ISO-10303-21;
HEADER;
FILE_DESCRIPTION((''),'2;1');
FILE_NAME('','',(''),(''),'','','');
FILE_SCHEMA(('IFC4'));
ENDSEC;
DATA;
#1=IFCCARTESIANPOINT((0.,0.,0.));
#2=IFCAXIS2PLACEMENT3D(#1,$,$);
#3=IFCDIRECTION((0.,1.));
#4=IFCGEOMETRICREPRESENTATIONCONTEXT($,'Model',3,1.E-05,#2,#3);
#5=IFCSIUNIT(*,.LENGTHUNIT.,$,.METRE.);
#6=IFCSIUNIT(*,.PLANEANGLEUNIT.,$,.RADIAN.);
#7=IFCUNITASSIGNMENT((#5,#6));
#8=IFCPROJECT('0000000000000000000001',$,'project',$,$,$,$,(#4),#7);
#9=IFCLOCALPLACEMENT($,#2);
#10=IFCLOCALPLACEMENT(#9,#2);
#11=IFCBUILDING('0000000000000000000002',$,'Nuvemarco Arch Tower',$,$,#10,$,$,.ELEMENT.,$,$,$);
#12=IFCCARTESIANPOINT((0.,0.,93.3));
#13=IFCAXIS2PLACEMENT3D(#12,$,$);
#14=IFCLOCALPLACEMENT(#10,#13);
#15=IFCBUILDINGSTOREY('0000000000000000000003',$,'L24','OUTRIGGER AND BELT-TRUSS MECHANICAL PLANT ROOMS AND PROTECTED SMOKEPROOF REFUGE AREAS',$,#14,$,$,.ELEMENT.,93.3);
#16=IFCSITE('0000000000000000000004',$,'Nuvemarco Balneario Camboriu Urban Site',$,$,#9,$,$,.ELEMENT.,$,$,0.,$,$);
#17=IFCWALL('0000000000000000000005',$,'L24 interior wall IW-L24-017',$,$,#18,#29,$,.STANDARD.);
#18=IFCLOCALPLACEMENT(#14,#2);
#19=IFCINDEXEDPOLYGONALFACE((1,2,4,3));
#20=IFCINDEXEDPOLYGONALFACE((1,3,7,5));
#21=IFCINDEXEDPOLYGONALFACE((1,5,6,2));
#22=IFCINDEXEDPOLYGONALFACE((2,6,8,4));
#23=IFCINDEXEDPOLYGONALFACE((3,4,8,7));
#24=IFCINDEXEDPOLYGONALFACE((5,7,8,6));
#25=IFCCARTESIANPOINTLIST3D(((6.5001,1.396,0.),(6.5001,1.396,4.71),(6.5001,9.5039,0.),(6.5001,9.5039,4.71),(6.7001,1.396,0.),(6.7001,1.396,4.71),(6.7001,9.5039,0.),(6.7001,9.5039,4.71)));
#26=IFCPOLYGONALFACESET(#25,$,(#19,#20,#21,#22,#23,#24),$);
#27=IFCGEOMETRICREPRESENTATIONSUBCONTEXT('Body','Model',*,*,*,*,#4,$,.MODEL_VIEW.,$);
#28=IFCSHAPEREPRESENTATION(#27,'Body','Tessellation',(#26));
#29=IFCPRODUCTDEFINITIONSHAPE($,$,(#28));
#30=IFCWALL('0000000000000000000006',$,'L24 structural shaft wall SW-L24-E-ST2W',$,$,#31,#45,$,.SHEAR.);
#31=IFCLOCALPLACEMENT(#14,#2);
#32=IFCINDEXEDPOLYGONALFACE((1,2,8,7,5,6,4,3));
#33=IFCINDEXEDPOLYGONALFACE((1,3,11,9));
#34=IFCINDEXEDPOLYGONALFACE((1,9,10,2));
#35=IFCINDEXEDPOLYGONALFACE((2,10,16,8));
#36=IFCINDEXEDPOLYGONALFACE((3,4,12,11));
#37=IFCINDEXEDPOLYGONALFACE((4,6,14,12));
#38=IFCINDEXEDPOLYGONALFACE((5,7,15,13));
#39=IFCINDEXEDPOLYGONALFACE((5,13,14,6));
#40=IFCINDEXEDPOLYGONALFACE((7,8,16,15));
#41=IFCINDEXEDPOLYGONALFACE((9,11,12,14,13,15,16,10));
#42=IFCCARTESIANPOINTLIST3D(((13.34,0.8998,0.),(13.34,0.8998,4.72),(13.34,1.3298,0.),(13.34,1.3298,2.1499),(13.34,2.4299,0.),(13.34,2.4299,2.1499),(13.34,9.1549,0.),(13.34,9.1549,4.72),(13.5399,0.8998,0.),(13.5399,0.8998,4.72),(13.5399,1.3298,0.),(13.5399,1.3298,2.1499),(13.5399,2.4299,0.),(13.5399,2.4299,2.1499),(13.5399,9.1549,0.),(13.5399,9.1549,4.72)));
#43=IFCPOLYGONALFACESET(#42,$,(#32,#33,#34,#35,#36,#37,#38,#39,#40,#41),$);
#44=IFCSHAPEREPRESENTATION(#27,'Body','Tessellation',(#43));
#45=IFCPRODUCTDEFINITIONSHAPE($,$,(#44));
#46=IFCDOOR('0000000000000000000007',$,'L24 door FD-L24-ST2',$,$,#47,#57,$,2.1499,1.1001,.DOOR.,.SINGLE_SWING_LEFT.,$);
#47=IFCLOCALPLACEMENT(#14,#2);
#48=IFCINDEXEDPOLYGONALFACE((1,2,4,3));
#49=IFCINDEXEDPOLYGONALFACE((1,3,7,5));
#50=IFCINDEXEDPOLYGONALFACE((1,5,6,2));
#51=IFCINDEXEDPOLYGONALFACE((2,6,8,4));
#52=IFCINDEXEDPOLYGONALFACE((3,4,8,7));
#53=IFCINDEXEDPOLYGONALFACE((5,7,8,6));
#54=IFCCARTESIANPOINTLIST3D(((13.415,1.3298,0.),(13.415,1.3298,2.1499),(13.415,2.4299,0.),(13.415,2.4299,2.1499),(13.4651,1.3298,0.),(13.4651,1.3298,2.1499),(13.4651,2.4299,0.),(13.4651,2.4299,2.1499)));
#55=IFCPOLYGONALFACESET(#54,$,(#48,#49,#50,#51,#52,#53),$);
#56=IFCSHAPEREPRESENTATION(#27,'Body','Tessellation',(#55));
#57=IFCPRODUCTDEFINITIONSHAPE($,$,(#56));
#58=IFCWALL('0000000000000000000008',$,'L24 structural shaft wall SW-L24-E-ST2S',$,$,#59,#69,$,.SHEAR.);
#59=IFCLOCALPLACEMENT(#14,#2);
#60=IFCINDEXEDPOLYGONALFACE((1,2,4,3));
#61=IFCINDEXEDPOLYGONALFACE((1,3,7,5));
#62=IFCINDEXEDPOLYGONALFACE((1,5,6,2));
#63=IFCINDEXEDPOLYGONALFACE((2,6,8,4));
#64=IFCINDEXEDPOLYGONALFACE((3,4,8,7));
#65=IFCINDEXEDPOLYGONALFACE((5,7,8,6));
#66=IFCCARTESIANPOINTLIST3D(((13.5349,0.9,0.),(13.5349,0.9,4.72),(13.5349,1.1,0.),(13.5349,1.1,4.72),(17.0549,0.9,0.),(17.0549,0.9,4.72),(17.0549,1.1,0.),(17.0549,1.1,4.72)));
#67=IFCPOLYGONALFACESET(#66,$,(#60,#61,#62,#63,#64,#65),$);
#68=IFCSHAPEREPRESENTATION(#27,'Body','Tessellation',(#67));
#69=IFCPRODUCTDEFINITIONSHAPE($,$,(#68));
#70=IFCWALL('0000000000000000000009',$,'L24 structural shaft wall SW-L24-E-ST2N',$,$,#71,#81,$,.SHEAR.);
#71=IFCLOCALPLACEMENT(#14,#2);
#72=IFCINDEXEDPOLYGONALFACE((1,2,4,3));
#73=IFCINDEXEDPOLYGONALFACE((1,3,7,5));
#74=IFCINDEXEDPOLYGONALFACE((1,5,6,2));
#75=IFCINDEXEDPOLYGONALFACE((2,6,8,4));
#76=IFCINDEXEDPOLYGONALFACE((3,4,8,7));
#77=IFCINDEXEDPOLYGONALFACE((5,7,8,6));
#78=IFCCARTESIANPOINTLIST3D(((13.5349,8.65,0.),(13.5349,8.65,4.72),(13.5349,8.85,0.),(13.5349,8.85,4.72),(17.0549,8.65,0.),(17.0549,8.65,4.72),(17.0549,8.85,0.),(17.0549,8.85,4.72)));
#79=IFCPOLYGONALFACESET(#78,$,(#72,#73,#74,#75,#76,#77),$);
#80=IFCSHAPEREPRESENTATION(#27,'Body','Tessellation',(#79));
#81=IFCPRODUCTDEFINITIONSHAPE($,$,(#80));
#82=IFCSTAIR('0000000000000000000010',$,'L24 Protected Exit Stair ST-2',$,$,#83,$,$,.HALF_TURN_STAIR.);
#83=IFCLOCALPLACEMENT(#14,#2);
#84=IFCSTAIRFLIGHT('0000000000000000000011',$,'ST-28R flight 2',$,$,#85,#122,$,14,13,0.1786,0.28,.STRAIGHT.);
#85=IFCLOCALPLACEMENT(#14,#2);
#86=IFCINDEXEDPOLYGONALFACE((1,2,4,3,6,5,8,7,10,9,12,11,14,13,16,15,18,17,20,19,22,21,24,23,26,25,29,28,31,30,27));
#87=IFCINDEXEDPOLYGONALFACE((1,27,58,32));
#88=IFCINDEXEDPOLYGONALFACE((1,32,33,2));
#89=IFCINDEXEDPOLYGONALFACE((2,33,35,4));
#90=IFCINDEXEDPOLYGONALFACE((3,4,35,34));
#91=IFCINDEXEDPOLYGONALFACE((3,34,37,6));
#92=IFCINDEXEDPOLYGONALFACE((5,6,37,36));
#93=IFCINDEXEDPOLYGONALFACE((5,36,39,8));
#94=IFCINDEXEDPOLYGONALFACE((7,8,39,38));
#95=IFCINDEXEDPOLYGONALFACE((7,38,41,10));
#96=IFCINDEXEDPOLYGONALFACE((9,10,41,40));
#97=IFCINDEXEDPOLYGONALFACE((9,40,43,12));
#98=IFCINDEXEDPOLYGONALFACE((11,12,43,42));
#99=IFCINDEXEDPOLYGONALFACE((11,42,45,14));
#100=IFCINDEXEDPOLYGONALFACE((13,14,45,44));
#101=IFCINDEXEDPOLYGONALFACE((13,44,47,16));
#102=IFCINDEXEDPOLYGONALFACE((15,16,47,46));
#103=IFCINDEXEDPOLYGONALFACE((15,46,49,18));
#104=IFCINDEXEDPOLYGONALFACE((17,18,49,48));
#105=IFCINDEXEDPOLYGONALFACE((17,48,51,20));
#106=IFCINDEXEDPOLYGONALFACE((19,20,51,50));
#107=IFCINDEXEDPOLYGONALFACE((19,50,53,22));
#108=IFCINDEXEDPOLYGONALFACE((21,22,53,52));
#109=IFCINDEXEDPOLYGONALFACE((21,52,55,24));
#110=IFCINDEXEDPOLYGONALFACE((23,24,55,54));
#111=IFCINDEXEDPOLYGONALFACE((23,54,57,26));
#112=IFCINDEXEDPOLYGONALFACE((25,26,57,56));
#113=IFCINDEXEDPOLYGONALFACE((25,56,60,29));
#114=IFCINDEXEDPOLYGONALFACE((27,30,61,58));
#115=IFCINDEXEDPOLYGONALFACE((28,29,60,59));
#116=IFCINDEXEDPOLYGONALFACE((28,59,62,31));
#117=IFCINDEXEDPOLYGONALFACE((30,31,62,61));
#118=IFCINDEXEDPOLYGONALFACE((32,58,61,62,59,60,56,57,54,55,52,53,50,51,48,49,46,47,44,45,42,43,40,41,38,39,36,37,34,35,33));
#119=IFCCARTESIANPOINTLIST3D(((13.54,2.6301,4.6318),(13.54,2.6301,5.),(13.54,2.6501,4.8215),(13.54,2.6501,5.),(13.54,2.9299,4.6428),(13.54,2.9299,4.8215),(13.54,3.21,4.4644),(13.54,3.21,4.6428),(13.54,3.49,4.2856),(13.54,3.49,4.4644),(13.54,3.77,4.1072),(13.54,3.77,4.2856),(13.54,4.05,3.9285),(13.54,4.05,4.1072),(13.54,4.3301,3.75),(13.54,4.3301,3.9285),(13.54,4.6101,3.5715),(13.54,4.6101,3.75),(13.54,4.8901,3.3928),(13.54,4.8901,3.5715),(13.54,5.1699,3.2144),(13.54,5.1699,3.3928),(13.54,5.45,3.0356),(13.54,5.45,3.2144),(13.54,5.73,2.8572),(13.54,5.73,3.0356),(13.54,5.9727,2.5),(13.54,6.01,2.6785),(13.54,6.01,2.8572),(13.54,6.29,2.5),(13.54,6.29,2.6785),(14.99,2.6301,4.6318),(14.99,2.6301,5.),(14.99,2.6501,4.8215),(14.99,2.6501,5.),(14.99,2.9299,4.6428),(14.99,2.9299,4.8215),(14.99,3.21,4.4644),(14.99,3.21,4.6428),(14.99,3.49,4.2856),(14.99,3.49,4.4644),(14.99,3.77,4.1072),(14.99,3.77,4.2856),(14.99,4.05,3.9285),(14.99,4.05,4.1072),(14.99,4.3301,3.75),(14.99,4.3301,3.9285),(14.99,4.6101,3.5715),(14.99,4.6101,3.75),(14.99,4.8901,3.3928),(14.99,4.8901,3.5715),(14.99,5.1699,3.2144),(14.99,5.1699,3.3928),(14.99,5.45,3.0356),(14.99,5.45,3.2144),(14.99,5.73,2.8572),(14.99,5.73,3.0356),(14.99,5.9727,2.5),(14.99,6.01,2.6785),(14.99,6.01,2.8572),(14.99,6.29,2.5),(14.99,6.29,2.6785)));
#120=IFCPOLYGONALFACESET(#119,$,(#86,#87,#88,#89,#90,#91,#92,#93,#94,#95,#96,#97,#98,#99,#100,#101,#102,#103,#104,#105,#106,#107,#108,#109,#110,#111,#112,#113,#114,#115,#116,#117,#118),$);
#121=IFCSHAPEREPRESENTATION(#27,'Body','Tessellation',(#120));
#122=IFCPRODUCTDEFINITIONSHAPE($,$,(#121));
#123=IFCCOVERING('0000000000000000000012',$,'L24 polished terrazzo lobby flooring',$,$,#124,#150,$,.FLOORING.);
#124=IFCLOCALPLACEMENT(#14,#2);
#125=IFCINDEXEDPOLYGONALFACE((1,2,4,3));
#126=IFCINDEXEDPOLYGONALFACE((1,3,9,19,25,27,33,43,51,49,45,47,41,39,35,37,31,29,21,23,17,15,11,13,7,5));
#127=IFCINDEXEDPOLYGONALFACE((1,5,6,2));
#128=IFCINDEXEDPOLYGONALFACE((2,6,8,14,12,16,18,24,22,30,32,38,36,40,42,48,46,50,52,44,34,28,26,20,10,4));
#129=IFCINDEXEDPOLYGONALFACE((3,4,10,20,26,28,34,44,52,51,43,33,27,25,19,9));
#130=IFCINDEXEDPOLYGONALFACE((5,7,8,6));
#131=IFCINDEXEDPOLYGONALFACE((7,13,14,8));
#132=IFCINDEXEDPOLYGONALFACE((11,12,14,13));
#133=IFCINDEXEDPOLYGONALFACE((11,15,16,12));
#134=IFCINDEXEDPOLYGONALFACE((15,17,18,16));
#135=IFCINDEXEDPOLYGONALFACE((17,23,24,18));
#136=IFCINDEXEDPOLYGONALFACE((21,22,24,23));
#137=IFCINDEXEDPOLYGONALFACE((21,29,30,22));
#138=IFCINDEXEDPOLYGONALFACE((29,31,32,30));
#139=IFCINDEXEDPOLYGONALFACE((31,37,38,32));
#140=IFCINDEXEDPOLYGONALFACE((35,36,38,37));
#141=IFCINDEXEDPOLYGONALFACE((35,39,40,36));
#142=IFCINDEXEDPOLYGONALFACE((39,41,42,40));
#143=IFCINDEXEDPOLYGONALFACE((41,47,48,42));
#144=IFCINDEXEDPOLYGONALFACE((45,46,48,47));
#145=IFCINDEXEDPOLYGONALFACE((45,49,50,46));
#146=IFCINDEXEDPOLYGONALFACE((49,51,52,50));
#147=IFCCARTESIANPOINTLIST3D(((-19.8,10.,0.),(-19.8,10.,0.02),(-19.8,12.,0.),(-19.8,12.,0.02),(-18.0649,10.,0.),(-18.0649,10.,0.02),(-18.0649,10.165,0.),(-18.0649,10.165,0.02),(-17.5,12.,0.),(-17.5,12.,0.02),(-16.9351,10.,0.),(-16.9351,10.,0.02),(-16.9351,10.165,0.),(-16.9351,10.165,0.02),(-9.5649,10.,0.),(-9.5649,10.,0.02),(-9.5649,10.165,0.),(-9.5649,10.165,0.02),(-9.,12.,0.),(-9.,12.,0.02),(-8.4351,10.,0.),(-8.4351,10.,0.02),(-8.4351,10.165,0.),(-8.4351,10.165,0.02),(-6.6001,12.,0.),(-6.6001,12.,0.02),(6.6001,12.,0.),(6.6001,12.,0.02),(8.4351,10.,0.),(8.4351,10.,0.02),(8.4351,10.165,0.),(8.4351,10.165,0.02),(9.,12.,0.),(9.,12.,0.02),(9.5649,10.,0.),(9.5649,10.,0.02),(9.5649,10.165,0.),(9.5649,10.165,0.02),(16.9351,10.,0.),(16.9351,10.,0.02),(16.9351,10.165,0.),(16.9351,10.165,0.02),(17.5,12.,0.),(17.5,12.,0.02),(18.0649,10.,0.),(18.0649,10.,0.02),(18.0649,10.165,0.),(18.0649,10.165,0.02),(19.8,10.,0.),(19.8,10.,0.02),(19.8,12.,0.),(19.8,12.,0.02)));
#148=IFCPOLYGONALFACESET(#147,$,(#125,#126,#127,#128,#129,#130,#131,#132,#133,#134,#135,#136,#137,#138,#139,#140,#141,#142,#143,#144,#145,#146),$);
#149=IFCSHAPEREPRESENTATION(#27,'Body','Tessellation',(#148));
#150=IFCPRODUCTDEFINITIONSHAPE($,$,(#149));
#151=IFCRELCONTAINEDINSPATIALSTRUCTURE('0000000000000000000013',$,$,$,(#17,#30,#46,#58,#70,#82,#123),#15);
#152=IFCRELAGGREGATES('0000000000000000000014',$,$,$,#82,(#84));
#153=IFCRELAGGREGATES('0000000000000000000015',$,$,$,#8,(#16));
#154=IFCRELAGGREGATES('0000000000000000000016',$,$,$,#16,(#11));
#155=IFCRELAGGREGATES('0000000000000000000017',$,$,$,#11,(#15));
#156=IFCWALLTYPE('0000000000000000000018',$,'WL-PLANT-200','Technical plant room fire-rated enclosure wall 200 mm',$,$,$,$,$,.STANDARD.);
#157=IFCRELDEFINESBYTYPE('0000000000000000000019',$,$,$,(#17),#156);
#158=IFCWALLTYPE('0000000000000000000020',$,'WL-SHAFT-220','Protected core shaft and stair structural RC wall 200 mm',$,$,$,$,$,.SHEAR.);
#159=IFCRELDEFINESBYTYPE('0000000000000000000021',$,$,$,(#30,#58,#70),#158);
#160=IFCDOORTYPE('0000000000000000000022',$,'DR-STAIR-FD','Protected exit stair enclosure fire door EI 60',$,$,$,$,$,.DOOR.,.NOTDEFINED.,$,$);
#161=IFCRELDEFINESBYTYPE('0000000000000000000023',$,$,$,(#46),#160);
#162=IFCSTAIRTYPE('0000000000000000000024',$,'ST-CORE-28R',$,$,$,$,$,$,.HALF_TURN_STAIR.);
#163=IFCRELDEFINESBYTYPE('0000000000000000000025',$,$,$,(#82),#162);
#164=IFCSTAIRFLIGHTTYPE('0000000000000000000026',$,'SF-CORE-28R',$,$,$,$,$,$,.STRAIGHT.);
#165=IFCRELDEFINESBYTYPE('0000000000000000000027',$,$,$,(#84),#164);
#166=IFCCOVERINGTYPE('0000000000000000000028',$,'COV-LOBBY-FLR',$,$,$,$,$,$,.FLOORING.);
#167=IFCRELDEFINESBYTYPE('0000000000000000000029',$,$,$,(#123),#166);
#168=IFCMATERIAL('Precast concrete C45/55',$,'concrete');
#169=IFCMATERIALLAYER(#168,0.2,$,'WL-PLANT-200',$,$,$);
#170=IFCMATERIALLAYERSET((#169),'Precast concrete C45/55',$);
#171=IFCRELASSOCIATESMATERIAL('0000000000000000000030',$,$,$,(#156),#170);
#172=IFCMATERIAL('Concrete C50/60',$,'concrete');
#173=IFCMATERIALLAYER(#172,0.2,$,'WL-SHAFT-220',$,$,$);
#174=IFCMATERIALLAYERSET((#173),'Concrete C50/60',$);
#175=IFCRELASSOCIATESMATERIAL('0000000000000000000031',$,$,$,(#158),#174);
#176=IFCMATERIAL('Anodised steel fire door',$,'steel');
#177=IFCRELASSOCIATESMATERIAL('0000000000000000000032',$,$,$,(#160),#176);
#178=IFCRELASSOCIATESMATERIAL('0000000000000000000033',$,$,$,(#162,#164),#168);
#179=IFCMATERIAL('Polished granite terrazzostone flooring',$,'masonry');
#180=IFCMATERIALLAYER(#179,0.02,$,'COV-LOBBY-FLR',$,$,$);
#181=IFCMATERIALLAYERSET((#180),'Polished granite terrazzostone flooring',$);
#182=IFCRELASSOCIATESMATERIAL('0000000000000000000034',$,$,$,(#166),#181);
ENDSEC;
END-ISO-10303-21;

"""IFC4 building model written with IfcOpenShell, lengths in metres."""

from ifc_helpers import new_model, si_unit, direction, frame, frame_2d, origin, place, context, subcontext, project, spatial, polyline, rectangle, outline, extrude, source, transform, mapped, material, layer, layer_set, type_object, type_shapes, element, fill, aggregate, save


model = new_model("IFC4")

# Units and contexts
model_context = context("Model", 3, precision=1e-05, world=origin(), true_north=direction((0.0, 1.0)))
body_context = subcontext(model_context, "Body", "Model", "MODEL_VIEW")
ifc_project = project(units=[si_unit("LENGTHUNIT", "METRE"), si_unit("PLANEANGLEUNIT", "RADIAN")], contexts=[model_context])

# Site, building, storey
site_placement = place(None, origin())
site = spatial("IfcSite", under=ifc_project, at=site_placement, Name="Nuvemarco Balneario Camboriu Urban Site", CompositionType="ELEMENT", RefElevation=0.0)
building_placement = place(site_placement, origin())
building = spatial("IfcBuilding", under=site, at=building_placement, Name="Nuvemarco Arch Tower", CompositionType="ELEMENT")
storey_placement = place(building_placement, frame((0.0, 0.0, 93.3)))
storey = spatial("IfcBuildingStorey", under=building, at=storey_placement, Name="L24", Description="OUTRIGGER AND BELT-TRUSS MECHANICAL PLANT ROOMS AND PROTECTED SMOKEPROOF REFUGE AREAS", CompositionType="ELEMENT", Elevation=93.3)

# Shared definitions
ifc_material_1 = material(Name="Anodised steel fire door", Category="steel")

# Wall
ifc_material_2 = material(Name="Precast concrete C45/55", Category="concrete")
ifc_layer_1 = layer(ifc_material_2, 0.2, Name="WL-PLANT-200")
ifc_layer_set_1 = layer_set([ifc_layer_1], Name="Precast concrete C45/55")
wall_type_1 = type_object("IfcWallType", Name="WL-PLANT-200", Description="Technical plant room fire-rated enclosure wall 200 mm", PredefinedType="STANDARD", material=ifc_layer_set_1)
wall_1_placement = place(storey_placement, frame((6.6001, 1.396, 0.0), z_axis=(0.0, 0.0, 1.0), x_axis=(0.0, 1.0, 0.0)))
element("IfcWall", 1, at=wall_1_placement, inside=storey, type_object=wall_type_1, Name="L24 interior wall IW-L24-017", PredefinedType="STANDARD", context=body_context, shape_type="SweptSolid", body=[
    extrude(rectangle(XDim=8.1079, YDim=0.2, at=frame_2d((4.054, 0.0))), origin(), (0.0, 0.0, 1.0), 4.71),
])

# Wall, opening, door
ifc_material_3 = material(Name="Concrete C50/60", Category="concrete")
ifc_layer_2 = layer(ifc_material_3, 0.2, Name="WL-SHAFT-220")
ifc_layer_set_2 = layer_set([ifc_layer_2], Name="Concrete C50/60")
wall_type_2 = type_object("IfcWallType", Name="WL-SHAFT-220", Description="Protected core shaft and stair structural RC wall 200 mm", PredefinedType="SHEAR", material=ifc_layer_set_2)
wall_2_placement = place(storey_placement, frame((13.4399, 0.8999, 0.0), z_axis=(0.0, 0.0, 1.0), x_axis=(0.0, 1.0, 0.0)))
wall_2 = element("IfcWall", 2, at=wall_2_placement, inside=storey, type_object=wall_type_2, Name="L24 structural shaft wall SW-L24-E-ST2W", PredefinedType="SHEAR", context=body_context, shape_type="SweptSolid", body=[
    extrude(rectangle(XDim=8.2551, YDim=0.2, at=frame_2d((4.1274, 0.0))), origin(), (0.0, 0.0, 1.0), 4.72),
])
opening_1_placement = place(wall_2_placement, frame((0.4299, 0.0, 0.0)))
opening_1 = element("IfcOpeningElement", 3, at=opening_1_placement, cuts=wall_2, PredefinedType="OPENING", context=body_context, shape_type="SweptSolid", body=[
    extrude(rectangle(XDim=1.1001, YDim=2.1499, at=frame_2d((0.55, 1.075))), frame((0.0, 0.1099, 0.0), z_axis=(0.0, -1.0, 0.0), x_axis=(1.0, 0.0, 0.0)), (0.0, 0.0, 1.0), 0.22),
])
door_type_1 = type_object("IfcDoorType", Name="DR-STAIR-FD", Description="Protected exit stair enclosure fire door EI 60", OperationType="NOTDEFINED", PredefinedType="DOOR", material=ifc_material_1)
shared_shape_1 = source(origin(), body_context, "Body", "SweptSolid", [
    extrude(rectangle(XDim=1.1001, YDim=2.1499, at=frame_2d((0.55, 1.075))), frame((0.0, 0.0249, 0.0), z_axis=(0.0, -1.0, 0.0), x_axis=(1.0, 0.0, 0.0)), (0.0, 0.0, 1.0), 0.05),
])
type_shapes(door_type_1, [shared_shape_1])
door_1_placement = place(opening_1_placement, origin())
door_1 = element("IfcDoor", 4, at=door_1_placement, inside=storey, type_object=door_type_1, Name="L24 door FD-L24-ST2", OperationType="SINGLE_SWING_LEFT", OverallHeight=2.1499, OverallWidth=1.1001, PredefinedType="DOOR", context=body_context, shape_type="MappedRepresentation", body=[
    mapped(shared_shape_1, transform((0.0, 0.0, 0.0), scale=1.0)),
])
fill(opening_1, door_1)

# Walls
for number, where, z_axis, x_axis, name in (
    (5, (13.5349, 1.0, 0.0), (0.0, 0.0, 1.0), (1.0, 0.0, 0.0), "L24 structural shaft wall SW-L24-E-ST2S"),
    (6, (13.5349, 8.75, 0.0), (0.0, 0.0, 1.0), (1.0, 0.0, 0.0), "L24 structural shaft wall SW-L24-E-ST2N"),
):
    element("IfcWall", number, at=place(storey_placement, frame(where, z_axis=z_axis, x_axis=x_axis)), inside=storey, type_object=wall_type_2, Name=name, PredefinedType="SHEAR", context=body_context, shape_type="SweptSolid", body=[
        extrude(rectangle(XDim=3.52, YDim=0.2, at=frame_2d((1.76, 0.0))), origin(), (0.0, 0.0, 1.0), 4.72),
    ])

# Stair, stair flight
stair_type = type_object("IfcStairType", Name="ST-CORE-28R", PredefinedType="HALF_TURN_STAIR", material=ifc_material_2)
stair_placement = place(storey_placement, origin())
stair = element("IfcStair", 7, at=stair_placement, inside=storey, type_object=stair_type, Name="L24 Protected Exit Stair ST-2", PredefinedType="HALF_TURN_STAIR")
stair_flight_type = type_object("IfcStairFlightType", Name="SF-CORE-28R", PredefinedType="STRAIGHT", material=ifc_material_2)
stair_flight_placement = place(storey_placement, frame((14.2649, 6.29, 2.5), z_axis=(0.0, 0.0, 1.0), x_axis=(0.0, -1.0, 0.0)))
stair_flight = element("IfcStairFlight", 8, at=stair_flight_placement, type_object=stair_flight_type, Name="ST-28R flight 2", NumberOfRisers=14, NumberOfTreads=13, PredefinedType="STRAIGHT", RiserHeight=0.1786, TreadLength=0.28, context=body_context, shape_type="SweptSolid", body=[
    extrude(outline(polyline([(0.0, 0.0), (0.0, 0.1785), (0.28, 0.1785), (0.28, 0.3572), (0.5601, 0.3572), (0.5601, 0.5356), (0.8401, 0.5356), (0.8401, 0.7144), (1.1201, 0.7144), (1.1201, 0.8928), (1.3999, 0.8928), (1.3999, 1.0715), (1.6799, 1.0715), (1.6799, 1.25), (1.96, 1.25), (1.96, 1.4285), (2.24, 1.4285), (2.24, 1.6072), (2.52, 1.6072), (2.52, 1.7856), (2.8, 1.7856), (2.8, 1.9644), (3.0801, 1.9644), (3.0801, 2.1428), (3.3601, 2.1428), (3.3601, 2.3215), (3.6399, 2.3215), (3.6399, 2.5), (3.6599, 2.5), (3.6599, 2.1318), (0.3174, 0.0), (0.0, 0.0)])), frame((0.0, 0.7251, 0.0), z_axis=(0.0, -1.0, 0.0), x_axis=(1.0, 0.0, 0.0)), (0.0, 0.0, 1.0), 1.45),
])
aggregate(stair, [stair_flight])

# Covering
ifc_material_4 = material(Name="Polished granite terrazzostone flooring", Category="masonry")
ifc_layer_3 = layer(ifc_material_4, 0.02, Name="COV-LOBBY-FLR")
ifc_layer_set_3 = layer_set([ifc_layer_3], Name="Polished granite terrazzostone flooring")
covering_type = type_object("IfcCoveringType", Name="COV-LOBBY-FLR", PredefinedType="FLOORING", material=ifc_layer_set_3)
covering_placement = place(storey_placement, origin())
element("IfcCovering", 9, at=covering_placement, inside=storey, type_object=covering_type, Name="L24 polished terrazzo lobby flooring", PredefinedType="FLOORING", context=body_context, shape_type="SweptSolid", body=[
    extrude(outline(polyline([(-19.8, 12.0), (-17.5, 12.0), (-9.0, 12.0), (-6.6001, 12.0), (6.6001, 12.0), (9.0, 12.0), (17.5, 12.0), (19.8, 12.0), (19.8, 10.0), (18.0649, 10.0), (18.0649, 10.165), (16.9351, 10.165), (16.9351, 10.0), (9.5649, 10.0), (9.5649, 10.165), (8.4351, 10.165), (8.4351, 10.0), (-8.4351, 10.0), (-8.4351, 10.165), (-9.5649, 10.165), (-9.5649, 10.0), (-16.9351, 10.0), (-16.9351, 10.165), (-18.0649, 10.165), (-18.0649, 10.0), (-19.8, 10.0), (-19.8, 12.0)])), origin(), (0.0, 0.0, 1.0), 0.02),
])

save(model, "model.ifc")
